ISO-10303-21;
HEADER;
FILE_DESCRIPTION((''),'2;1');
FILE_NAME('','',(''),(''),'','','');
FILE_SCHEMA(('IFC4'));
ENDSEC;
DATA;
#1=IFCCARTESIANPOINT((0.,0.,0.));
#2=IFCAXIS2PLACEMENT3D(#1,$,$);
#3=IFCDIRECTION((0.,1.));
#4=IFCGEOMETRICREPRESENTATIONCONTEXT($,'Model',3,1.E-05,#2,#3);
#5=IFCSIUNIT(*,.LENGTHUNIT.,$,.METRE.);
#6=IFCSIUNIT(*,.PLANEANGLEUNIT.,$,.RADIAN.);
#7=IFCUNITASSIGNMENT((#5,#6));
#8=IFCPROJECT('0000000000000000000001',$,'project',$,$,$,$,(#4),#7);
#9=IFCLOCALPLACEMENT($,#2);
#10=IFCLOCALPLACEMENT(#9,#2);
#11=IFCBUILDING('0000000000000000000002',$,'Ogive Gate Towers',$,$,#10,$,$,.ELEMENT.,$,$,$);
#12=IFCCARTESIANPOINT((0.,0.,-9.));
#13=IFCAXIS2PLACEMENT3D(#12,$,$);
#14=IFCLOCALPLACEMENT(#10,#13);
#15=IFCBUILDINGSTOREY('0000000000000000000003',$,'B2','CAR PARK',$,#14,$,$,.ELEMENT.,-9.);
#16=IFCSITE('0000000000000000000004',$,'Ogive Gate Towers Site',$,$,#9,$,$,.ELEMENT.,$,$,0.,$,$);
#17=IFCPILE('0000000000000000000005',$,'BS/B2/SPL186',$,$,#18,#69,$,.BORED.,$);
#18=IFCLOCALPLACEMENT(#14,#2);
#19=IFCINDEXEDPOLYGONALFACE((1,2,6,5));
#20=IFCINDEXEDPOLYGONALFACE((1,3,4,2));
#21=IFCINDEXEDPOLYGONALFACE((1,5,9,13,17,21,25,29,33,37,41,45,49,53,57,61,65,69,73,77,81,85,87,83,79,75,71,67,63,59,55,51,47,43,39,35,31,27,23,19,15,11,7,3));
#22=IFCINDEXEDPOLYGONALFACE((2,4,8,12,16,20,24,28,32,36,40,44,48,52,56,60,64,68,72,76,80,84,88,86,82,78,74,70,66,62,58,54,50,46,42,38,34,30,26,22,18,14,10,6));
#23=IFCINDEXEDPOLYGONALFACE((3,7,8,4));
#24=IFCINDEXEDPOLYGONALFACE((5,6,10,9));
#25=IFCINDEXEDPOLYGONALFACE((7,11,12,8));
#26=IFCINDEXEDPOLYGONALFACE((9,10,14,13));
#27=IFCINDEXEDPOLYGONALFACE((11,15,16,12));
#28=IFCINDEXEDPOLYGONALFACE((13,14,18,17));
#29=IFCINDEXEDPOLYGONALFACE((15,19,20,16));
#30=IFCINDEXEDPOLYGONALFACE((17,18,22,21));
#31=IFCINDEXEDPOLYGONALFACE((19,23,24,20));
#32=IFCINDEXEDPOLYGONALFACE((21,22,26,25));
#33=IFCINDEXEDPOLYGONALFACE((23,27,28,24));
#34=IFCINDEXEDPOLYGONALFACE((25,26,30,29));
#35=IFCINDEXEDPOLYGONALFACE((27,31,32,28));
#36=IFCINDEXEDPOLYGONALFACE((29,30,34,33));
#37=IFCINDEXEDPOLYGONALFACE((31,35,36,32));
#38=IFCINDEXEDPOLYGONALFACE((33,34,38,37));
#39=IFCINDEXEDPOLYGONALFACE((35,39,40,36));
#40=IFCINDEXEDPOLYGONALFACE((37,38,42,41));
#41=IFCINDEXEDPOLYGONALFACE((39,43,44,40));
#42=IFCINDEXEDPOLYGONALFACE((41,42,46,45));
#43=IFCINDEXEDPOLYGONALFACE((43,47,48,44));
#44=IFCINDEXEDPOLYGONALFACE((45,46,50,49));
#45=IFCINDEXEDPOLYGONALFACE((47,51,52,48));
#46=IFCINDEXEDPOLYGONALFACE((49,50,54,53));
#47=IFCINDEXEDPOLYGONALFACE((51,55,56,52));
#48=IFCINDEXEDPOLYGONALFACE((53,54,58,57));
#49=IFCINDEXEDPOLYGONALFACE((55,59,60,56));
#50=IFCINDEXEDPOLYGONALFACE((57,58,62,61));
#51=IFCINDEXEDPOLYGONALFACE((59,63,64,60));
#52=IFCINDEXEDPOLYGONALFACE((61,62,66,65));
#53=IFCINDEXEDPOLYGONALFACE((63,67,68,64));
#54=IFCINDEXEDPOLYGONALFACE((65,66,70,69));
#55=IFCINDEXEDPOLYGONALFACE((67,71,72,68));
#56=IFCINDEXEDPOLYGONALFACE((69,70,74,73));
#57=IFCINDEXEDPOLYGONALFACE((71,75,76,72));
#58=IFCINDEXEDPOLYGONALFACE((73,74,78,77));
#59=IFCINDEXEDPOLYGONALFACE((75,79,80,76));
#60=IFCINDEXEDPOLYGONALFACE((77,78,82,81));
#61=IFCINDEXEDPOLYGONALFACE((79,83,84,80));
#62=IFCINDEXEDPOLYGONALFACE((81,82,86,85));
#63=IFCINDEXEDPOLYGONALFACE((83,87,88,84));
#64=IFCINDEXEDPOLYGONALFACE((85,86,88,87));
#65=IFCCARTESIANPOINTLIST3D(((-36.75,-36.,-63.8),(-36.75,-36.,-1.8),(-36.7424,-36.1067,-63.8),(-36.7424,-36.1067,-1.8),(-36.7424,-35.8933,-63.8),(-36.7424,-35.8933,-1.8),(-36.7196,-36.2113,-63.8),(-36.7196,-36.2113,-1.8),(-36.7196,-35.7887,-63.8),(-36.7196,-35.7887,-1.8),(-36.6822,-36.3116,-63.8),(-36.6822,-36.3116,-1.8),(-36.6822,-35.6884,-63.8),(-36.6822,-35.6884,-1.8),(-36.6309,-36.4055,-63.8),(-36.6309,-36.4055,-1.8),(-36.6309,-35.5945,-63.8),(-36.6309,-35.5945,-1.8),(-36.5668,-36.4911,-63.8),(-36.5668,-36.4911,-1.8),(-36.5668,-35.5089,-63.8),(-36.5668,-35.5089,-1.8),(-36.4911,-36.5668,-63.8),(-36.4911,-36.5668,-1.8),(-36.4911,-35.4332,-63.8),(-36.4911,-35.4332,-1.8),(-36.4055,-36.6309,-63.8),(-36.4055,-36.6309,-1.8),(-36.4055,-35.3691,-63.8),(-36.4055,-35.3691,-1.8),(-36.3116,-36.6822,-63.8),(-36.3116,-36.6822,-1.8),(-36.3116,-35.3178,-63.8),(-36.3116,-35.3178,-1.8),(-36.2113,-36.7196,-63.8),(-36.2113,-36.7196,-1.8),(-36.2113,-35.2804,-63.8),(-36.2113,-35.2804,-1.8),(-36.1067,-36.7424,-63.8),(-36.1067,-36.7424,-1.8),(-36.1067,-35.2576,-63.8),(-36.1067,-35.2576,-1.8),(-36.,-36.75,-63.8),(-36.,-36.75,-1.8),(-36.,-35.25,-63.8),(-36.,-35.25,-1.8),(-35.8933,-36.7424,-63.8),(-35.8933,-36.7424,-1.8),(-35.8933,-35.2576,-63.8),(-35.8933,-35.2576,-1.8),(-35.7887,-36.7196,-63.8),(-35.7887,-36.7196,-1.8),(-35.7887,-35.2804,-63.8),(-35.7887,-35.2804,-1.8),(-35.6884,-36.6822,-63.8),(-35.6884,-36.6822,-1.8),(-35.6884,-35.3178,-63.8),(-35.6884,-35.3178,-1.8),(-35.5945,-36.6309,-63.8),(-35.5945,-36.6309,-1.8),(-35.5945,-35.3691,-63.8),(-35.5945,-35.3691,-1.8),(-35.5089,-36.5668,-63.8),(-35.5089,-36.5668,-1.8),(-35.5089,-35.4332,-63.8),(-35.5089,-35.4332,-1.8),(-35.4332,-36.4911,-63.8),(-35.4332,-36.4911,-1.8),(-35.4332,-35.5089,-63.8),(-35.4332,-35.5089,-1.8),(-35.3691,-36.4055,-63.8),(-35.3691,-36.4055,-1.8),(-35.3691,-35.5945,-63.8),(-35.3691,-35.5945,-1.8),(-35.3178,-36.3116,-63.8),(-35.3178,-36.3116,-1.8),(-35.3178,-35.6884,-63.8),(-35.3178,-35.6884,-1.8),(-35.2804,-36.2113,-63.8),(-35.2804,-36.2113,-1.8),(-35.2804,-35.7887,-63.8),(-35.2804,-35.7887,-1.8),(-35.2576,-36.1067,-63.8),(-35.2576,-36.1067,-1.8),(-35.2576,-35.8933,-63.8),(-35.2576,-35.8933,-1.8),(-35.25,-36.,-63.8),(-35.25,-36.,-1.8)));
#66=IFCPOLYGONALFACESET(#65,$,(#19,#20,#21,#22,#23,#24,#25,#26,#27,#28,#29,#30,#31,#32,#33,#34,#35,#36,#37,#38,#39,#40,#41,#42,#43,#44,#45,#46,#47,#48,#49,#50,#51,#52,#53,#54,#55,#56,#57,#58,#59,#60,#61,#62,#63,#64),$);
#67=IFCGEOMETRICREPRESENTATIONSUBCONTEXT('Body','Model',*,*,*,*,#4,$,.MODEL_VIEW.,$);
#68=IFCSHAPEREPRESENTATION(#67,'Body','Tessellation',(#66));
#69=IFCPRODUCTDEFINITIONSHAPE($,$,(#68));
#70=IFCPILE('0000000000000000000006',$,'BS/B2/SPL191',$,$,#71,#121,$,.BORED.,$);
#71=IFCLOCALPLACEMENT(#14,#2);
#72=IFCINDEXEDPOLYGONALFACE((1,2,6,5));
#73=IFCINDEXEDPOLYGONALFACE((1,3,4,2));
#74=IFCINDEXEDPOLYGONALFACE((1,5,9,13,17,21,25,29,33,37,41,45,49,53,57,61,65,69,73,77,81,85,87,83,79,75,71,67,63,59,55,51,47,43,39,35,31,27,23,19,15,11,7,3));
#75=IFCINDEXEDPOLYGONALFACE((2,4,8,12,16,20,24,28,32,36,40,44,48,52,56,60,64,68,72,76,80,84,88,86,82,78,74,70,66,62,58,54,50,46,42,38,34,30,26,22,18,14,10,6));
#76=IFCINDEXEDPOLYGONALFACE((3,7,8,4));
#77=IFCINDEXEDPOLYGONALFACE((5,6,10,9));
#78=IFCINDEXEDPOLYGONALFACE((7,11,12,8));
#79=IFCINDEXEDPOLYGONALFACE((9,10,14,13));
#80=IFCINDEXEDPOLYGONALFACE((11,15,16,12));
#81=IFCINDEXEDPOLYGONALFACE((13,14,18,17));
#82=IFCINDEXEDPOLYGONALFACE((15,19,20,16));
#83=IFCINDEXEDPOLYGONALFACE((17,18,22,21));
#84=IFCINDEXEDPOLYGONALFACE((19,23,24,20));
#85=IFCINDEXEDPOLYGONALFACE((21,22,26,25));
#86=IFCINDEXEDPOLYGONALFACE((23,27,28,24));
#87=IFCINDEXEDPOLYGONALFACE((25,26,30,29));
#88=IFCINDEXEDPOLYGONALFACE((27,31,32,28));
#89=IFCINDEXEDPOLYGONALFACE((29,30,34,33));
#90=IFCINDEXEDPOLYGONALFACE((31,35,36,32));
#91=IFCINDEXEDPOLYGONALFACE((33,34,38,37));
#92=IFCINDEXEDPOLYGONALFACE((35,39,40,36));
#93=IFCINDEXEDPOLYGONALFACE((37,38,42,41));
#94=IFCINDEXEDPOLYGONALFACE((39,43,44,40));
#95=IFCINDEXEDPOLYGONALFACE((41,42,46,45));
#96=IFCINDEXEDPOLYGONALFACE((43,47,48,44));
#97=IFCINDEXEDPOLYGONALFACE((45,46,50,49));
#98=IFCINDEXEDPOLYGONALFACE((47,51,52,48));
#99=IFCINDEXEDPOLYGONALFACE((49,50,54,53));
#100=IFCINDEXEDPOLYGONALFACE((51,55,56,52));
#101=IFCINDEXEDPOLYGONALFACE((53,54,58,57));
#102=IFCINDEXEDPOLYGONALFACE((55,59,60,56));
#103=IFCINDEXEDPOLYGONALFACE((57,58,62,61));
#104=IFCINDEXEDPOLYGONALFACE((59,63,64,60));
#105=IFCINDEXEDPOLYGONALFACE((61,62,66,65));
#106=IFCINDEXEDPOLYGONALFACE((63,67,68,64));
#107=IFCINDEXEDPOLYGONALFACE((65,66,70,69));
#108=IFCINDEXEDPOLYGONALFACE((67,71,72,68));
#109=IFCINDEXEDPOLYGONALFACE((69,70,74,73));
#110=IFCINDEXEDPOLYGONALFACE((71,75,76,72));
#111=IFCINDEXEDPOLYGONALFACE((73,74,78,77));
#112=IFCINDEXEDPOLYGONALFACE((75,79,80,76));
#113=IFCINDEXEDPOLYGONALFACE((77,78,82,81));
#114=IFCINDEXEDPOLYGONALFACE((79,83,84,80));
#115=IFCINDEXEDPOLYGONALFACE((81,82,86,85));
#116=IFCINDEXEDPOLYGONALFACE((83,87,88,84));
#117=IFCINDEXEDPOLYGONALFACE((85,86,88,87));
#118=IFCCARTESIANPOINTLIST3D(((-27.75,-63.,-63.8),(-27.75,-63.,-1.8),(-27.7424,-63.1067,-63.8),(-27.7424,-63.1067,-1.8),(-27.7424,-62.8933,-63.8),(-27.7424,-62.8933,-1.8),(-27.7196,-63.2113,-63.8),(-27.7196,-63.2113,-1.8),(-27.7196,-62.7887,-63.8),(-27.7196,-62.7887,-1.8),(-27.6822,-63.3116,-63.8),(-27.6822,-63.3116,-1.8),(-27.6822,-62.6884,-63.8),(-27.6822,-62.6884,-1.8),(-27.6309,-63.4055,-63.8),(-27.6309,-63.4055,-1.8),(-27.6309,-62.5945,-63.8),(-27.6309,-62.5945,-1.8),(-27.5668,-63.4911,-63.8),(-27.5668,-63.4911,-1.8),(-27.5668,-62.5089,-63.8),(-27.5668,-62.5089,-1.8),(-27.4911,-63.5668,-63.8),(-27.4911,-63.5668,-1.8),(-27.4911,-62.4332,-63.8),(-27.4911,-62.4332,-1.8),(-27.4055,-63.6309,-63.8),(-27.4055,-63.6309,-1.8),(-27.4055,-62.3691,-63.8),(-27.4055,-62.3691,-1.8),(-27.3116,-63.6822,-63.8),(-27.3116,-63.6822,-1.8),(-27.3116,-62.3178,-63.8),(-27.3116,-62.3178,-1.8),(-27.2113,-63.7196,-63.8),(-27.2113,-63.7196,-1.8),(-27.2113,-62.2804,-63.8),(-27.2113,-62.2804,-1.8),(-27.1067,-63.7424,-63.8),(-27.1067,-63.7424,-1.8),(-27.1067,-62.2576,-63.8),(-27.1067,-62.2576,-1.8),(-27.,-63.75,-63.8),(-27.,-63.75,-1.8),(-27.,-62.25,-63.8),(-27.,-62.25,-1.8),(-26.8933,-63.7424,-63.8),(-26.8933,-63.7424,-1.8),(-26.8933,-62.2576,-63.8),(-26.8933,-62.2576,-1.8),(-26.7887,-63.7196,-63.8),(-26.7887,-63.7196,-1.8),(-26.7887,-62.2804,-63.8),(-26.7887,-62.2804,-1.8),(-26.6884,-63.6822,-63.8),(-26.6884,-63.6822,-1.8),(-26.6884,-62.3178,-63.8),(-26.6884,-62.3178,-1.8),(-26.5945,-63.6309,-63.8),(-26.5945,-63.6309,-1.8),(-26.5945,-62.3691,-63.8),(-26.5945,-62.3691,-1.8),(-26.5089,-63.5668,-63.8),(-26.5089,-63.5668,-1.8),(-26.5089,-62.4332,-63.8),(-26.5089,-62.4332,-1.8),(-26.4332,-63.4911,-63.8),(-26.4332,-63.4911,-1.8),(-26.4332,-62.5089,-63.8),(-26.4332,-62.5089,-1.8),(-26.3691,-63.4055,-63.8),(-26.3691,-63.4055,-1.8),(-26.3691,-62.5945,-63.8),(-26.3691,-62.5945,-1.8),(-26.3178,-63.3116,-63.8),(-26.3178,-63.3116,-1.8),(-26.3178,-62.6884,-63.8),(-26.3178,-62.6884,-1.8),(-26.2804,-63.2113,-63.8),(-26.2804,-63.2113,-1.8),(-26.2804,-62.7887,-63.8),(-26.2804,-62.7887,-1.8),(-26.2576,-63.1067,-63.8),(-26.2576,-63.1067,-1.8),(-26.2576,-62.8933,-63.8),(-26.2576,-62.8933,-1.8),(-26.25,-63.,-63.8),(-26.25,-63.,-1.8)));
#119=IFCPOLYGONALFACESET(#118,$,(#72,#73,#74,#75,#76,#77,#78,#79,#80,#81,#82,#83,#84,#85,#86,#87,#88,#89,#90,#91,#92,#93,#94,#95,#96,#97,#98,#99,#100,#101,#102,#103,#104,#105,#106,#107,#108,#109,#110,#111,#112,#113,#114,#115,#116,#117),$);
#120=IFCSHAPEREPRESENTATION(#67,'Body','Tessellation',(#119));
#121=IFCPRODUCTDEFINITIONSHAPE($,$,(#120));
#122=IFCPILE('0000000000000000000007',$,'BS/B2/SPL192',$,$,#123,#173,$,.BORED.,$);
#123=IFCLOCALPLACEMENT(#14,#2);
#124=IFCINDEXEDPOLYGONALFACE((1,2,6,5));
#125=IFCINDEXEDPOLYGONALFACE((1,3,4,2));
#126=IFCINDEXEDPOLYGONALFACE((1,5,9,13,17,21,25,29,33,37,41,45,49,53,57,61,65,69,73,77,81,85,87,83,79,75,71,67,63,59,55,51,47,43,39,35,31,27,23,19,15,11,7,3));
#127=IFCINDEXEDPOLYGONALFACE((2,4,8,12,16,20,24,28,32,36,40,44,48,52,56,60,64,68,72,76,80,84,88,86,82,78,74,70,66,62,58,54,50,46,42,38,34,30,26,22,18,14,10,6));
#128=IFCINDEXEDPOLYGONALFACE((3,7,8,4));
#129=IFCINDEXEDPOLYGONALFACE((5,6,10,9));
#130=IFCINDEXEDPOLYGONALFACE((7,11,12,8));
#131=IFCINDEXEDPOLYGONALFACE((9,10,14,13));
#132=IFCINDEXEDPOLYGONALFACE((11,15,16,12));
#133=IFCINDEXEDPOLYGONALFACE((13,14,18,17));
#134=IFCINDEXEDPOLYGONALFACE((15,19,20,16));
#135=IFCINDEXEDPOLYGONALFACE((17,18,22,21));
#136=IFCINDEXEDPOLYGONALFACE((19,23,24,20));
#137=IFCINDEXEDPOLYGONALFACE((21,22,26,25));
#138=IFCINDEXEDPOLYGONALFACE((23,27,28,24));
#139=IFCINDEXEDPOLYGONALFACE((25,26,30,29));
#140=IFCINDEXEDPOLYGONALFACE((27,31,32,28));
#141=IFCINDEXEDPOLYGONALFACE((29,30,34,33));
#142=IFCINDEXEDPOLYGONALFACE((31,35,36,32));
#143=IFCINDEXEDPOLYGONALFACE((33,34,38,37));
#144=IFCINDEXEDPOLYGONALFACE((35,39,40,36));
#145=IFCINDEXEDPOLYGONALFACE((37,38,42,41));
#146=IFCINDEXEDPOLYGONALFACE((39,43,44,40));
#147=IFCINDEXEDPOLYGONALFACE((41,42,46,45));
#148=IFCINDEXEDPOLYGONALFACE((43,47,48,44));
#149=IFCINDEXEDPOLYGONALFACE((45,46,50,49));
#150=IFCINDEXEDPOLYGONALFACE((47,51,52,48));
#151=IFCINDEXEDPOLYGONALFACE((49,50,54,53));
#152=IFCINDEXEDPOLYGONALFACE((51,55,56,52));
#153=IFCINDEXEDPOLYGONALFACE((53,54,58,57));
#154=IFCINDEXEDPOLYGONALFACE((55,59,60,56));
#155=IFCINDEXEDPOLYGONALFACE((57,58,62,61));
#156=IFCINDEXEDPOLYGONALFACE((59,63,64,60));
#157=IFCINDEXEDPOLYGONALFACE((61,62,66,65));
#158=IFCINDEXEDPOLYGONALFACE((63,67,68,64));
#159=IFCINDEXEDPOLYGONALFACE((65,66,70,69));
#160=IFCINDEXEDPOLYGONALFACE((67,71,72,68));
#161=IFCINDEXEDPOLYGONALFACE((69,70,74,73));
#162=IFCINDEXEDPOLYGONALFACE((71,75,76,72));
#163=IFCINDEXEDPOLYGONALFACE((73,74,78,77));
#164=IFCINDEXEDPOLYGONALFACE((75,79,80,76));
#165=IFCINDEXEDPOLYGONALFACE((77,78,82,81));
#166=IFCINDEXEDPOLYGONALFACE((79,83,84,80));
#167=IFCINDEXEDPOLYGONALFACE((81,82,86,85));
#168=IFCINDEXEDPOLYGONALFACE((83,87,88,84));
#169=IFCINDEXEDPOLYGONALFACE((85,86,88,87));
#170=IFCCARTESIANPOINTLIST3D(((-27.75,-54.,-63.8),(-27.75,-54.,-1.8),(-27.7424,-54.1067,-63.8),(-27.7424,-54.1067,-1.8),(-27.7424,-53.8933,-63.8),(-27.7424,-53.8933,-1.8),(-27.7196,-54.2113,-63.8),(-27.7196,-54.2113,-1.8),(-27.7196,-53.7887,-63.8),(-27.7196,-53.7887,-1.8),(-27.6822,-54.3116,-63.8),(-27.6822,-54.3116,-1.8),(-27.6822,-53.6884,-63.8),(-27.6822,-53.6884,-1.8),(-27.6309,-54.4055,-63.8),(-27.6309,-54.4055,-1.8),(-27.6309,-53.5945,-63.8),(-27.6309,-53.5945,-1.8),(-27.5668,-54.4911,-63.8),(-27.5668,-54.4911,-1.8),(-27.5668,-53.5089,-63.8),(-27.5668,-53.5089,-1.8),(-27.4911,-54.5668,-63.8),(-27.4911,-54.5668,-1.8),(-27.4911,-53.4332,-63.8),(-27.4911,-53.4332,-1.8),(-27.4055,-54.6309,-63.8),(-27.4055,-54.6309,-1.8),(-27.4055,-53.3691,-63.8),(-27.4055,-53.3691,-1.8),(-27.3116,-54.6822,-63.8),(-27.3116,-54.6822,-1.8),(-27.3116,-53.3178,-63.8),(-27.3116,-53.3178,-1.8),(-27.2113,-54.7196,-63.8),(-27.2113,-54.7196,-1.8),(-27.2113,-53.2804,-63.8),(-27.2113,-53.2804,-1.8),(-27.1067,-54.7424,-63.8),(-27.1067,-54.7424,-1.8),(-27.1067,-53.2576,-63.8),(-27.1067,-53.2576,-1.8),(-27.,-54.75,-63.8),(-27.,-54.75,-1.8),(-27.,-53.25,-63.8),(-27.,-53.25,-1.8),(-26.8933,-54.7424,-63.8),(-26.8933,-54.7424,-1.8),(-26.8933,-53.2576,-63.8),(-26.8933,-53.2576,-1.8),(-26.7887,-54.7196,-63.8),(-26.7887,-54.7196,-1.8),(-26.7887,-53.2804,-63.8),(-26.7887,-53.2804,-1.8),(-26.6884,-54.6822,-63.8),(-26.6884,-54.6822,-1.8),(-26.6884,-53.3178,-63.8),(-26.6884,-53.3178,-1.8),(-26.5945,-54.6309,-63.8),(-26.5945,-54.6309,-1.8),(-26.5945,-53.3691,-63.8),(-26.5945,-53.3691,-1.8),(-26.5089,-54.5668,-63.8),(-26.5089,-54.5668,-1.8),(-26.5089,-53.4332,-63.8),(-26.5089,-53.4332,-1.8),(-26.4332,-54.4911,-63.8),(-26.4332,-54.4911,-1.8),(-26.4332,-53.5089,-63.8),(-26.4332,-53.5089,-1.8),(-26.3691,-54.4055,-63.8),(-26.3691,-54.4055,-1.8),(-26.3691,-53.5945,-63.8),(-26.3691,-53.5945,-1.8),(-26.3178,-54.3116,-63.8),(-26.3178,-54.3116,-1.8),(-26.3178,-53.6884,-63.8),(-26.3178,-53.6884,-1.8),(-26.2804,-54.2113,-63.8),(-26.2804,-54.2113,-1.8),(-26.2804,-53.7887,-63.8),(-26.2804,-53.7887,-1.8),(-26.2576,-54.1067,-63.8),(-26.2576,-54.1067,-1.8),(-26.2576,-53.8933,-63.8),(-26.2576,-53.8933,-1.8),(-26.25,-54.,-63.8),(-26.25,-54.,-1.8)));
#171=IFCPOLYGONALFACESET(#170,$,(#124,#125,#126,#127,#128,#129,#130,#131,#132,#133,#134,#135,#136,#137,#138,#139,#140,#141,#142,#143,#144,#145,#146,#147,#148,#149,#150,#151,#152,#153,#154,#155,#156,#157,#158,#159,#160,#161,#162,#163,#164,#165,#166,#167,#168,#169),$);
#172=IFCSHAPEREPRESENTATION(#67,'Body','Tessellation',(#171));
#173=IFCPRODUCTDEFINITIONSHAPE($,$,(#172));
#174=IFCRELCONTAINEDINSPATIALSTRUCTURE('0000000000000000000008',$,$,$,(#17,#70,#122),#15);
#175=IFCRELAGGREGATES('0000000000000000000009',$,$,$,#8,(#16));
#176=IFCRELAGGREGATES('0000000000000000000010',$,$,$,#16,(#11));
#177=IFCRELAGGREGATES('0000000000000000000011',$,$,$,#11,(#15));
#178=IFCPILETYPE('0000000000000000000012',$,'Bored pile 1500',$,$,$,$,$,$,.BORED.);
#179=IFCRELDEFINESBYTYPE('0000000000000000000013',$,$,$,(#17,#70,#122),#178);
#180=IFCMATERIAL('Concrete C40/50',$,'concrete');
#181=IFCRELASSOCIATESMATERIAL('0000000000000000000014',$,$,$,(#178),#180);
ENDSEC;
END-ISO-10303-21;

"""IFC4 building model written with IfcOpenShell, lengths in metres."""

from ifc_helpers import new_model, si_unit, direction, frame, origin, origin_2d, place, context, subcontext, project, spatial, circle, extrude, material, material_profile, profile_set, type_object, element, save


model = new_model("IFC4")

# Units and contexts
model_context = context("Model", 3, precision=1e-05, world=origin(), true_north=direction((0.0, 1.0)))
body_context = subcontext(model_context, "Body", "Model", "MODEL_VIEW")
ifc_project = project(units=[si_unit("LENGTHUNIT", "METRE"), si_unit("PLANEANGLEUNIT", "RADIAN")], contexts=[model_context])

# Site, building, storey
site_placement = place(None, origin())
site = spatial("IfcSite", under=ifc_project, at=site_placement, Name="Ogive Gate Towers Site", CompositionType="ELEMENT", RefElevation=0.0)
building_placement = place(site_placement, origin())
building = spatial("IfcBuilding", under=site, at=building_placement, Name="Ogive Gate Towers", CompositionType="ELEMENT")
storey_placement = place(building_placement, frame((0.0, 0.0, -9.0)))
storey = spatial("IfcBuildingStorey", under=building, at=storey_placement, Name="B2", Description="CAR PARK", CompositionType="ELEMENT", Elevation=-9.0)

# Piles
ifc_material_1 = material(Name="Concrete C40/50", Category="concrete")
ifc_material_profile_1 = material_profile(ifc_material_1, circle(Radius=0.75, at=origin_2d()), Name="BP 1500")
ifc_profile_set_1 = profile_set([ifc_material_profile_1], Name="Concrete C40/50")
pile_type = type_object("IfcPileType", Name="Bored pile 1500", PredefinedType="BORED", material=ifc_profile_set_1)
for number, where, z_axis, x_axis, name in (
    (1, (-36.0, -36.0, -1.8), (0.0, 0.0, -1.0), (1.0, 0.0, 0.0), "BS/B2/SPL186"),
    (2, (-27.0, -63.0, -1.8), (0.0, 0.0, -1.0), (1.0, 0.0, 0.0), "BS/B2/SPL191"),
    (3, (-27.0, -54.0, -1.8), (0.0, 0.0, -1.0), (1.0, 0.0, 0.0), "BS/B2/SPL192"),
):
    element("IfcPile", number, at=place(storey_placement, frame(where, z_axis=z_axis, x_axis=x_axis)), inside=storey, type_object=pile_type, Name=name, PredefinedType="BORED", context=body_context, shape_type="SweptSolid", body=[
        extrude(circle(Radius=0.75, at=origin_2d()), origin(), (0.0, 0.0, 1.0), 62.0),
    ])

save(model, "model.ifc")
